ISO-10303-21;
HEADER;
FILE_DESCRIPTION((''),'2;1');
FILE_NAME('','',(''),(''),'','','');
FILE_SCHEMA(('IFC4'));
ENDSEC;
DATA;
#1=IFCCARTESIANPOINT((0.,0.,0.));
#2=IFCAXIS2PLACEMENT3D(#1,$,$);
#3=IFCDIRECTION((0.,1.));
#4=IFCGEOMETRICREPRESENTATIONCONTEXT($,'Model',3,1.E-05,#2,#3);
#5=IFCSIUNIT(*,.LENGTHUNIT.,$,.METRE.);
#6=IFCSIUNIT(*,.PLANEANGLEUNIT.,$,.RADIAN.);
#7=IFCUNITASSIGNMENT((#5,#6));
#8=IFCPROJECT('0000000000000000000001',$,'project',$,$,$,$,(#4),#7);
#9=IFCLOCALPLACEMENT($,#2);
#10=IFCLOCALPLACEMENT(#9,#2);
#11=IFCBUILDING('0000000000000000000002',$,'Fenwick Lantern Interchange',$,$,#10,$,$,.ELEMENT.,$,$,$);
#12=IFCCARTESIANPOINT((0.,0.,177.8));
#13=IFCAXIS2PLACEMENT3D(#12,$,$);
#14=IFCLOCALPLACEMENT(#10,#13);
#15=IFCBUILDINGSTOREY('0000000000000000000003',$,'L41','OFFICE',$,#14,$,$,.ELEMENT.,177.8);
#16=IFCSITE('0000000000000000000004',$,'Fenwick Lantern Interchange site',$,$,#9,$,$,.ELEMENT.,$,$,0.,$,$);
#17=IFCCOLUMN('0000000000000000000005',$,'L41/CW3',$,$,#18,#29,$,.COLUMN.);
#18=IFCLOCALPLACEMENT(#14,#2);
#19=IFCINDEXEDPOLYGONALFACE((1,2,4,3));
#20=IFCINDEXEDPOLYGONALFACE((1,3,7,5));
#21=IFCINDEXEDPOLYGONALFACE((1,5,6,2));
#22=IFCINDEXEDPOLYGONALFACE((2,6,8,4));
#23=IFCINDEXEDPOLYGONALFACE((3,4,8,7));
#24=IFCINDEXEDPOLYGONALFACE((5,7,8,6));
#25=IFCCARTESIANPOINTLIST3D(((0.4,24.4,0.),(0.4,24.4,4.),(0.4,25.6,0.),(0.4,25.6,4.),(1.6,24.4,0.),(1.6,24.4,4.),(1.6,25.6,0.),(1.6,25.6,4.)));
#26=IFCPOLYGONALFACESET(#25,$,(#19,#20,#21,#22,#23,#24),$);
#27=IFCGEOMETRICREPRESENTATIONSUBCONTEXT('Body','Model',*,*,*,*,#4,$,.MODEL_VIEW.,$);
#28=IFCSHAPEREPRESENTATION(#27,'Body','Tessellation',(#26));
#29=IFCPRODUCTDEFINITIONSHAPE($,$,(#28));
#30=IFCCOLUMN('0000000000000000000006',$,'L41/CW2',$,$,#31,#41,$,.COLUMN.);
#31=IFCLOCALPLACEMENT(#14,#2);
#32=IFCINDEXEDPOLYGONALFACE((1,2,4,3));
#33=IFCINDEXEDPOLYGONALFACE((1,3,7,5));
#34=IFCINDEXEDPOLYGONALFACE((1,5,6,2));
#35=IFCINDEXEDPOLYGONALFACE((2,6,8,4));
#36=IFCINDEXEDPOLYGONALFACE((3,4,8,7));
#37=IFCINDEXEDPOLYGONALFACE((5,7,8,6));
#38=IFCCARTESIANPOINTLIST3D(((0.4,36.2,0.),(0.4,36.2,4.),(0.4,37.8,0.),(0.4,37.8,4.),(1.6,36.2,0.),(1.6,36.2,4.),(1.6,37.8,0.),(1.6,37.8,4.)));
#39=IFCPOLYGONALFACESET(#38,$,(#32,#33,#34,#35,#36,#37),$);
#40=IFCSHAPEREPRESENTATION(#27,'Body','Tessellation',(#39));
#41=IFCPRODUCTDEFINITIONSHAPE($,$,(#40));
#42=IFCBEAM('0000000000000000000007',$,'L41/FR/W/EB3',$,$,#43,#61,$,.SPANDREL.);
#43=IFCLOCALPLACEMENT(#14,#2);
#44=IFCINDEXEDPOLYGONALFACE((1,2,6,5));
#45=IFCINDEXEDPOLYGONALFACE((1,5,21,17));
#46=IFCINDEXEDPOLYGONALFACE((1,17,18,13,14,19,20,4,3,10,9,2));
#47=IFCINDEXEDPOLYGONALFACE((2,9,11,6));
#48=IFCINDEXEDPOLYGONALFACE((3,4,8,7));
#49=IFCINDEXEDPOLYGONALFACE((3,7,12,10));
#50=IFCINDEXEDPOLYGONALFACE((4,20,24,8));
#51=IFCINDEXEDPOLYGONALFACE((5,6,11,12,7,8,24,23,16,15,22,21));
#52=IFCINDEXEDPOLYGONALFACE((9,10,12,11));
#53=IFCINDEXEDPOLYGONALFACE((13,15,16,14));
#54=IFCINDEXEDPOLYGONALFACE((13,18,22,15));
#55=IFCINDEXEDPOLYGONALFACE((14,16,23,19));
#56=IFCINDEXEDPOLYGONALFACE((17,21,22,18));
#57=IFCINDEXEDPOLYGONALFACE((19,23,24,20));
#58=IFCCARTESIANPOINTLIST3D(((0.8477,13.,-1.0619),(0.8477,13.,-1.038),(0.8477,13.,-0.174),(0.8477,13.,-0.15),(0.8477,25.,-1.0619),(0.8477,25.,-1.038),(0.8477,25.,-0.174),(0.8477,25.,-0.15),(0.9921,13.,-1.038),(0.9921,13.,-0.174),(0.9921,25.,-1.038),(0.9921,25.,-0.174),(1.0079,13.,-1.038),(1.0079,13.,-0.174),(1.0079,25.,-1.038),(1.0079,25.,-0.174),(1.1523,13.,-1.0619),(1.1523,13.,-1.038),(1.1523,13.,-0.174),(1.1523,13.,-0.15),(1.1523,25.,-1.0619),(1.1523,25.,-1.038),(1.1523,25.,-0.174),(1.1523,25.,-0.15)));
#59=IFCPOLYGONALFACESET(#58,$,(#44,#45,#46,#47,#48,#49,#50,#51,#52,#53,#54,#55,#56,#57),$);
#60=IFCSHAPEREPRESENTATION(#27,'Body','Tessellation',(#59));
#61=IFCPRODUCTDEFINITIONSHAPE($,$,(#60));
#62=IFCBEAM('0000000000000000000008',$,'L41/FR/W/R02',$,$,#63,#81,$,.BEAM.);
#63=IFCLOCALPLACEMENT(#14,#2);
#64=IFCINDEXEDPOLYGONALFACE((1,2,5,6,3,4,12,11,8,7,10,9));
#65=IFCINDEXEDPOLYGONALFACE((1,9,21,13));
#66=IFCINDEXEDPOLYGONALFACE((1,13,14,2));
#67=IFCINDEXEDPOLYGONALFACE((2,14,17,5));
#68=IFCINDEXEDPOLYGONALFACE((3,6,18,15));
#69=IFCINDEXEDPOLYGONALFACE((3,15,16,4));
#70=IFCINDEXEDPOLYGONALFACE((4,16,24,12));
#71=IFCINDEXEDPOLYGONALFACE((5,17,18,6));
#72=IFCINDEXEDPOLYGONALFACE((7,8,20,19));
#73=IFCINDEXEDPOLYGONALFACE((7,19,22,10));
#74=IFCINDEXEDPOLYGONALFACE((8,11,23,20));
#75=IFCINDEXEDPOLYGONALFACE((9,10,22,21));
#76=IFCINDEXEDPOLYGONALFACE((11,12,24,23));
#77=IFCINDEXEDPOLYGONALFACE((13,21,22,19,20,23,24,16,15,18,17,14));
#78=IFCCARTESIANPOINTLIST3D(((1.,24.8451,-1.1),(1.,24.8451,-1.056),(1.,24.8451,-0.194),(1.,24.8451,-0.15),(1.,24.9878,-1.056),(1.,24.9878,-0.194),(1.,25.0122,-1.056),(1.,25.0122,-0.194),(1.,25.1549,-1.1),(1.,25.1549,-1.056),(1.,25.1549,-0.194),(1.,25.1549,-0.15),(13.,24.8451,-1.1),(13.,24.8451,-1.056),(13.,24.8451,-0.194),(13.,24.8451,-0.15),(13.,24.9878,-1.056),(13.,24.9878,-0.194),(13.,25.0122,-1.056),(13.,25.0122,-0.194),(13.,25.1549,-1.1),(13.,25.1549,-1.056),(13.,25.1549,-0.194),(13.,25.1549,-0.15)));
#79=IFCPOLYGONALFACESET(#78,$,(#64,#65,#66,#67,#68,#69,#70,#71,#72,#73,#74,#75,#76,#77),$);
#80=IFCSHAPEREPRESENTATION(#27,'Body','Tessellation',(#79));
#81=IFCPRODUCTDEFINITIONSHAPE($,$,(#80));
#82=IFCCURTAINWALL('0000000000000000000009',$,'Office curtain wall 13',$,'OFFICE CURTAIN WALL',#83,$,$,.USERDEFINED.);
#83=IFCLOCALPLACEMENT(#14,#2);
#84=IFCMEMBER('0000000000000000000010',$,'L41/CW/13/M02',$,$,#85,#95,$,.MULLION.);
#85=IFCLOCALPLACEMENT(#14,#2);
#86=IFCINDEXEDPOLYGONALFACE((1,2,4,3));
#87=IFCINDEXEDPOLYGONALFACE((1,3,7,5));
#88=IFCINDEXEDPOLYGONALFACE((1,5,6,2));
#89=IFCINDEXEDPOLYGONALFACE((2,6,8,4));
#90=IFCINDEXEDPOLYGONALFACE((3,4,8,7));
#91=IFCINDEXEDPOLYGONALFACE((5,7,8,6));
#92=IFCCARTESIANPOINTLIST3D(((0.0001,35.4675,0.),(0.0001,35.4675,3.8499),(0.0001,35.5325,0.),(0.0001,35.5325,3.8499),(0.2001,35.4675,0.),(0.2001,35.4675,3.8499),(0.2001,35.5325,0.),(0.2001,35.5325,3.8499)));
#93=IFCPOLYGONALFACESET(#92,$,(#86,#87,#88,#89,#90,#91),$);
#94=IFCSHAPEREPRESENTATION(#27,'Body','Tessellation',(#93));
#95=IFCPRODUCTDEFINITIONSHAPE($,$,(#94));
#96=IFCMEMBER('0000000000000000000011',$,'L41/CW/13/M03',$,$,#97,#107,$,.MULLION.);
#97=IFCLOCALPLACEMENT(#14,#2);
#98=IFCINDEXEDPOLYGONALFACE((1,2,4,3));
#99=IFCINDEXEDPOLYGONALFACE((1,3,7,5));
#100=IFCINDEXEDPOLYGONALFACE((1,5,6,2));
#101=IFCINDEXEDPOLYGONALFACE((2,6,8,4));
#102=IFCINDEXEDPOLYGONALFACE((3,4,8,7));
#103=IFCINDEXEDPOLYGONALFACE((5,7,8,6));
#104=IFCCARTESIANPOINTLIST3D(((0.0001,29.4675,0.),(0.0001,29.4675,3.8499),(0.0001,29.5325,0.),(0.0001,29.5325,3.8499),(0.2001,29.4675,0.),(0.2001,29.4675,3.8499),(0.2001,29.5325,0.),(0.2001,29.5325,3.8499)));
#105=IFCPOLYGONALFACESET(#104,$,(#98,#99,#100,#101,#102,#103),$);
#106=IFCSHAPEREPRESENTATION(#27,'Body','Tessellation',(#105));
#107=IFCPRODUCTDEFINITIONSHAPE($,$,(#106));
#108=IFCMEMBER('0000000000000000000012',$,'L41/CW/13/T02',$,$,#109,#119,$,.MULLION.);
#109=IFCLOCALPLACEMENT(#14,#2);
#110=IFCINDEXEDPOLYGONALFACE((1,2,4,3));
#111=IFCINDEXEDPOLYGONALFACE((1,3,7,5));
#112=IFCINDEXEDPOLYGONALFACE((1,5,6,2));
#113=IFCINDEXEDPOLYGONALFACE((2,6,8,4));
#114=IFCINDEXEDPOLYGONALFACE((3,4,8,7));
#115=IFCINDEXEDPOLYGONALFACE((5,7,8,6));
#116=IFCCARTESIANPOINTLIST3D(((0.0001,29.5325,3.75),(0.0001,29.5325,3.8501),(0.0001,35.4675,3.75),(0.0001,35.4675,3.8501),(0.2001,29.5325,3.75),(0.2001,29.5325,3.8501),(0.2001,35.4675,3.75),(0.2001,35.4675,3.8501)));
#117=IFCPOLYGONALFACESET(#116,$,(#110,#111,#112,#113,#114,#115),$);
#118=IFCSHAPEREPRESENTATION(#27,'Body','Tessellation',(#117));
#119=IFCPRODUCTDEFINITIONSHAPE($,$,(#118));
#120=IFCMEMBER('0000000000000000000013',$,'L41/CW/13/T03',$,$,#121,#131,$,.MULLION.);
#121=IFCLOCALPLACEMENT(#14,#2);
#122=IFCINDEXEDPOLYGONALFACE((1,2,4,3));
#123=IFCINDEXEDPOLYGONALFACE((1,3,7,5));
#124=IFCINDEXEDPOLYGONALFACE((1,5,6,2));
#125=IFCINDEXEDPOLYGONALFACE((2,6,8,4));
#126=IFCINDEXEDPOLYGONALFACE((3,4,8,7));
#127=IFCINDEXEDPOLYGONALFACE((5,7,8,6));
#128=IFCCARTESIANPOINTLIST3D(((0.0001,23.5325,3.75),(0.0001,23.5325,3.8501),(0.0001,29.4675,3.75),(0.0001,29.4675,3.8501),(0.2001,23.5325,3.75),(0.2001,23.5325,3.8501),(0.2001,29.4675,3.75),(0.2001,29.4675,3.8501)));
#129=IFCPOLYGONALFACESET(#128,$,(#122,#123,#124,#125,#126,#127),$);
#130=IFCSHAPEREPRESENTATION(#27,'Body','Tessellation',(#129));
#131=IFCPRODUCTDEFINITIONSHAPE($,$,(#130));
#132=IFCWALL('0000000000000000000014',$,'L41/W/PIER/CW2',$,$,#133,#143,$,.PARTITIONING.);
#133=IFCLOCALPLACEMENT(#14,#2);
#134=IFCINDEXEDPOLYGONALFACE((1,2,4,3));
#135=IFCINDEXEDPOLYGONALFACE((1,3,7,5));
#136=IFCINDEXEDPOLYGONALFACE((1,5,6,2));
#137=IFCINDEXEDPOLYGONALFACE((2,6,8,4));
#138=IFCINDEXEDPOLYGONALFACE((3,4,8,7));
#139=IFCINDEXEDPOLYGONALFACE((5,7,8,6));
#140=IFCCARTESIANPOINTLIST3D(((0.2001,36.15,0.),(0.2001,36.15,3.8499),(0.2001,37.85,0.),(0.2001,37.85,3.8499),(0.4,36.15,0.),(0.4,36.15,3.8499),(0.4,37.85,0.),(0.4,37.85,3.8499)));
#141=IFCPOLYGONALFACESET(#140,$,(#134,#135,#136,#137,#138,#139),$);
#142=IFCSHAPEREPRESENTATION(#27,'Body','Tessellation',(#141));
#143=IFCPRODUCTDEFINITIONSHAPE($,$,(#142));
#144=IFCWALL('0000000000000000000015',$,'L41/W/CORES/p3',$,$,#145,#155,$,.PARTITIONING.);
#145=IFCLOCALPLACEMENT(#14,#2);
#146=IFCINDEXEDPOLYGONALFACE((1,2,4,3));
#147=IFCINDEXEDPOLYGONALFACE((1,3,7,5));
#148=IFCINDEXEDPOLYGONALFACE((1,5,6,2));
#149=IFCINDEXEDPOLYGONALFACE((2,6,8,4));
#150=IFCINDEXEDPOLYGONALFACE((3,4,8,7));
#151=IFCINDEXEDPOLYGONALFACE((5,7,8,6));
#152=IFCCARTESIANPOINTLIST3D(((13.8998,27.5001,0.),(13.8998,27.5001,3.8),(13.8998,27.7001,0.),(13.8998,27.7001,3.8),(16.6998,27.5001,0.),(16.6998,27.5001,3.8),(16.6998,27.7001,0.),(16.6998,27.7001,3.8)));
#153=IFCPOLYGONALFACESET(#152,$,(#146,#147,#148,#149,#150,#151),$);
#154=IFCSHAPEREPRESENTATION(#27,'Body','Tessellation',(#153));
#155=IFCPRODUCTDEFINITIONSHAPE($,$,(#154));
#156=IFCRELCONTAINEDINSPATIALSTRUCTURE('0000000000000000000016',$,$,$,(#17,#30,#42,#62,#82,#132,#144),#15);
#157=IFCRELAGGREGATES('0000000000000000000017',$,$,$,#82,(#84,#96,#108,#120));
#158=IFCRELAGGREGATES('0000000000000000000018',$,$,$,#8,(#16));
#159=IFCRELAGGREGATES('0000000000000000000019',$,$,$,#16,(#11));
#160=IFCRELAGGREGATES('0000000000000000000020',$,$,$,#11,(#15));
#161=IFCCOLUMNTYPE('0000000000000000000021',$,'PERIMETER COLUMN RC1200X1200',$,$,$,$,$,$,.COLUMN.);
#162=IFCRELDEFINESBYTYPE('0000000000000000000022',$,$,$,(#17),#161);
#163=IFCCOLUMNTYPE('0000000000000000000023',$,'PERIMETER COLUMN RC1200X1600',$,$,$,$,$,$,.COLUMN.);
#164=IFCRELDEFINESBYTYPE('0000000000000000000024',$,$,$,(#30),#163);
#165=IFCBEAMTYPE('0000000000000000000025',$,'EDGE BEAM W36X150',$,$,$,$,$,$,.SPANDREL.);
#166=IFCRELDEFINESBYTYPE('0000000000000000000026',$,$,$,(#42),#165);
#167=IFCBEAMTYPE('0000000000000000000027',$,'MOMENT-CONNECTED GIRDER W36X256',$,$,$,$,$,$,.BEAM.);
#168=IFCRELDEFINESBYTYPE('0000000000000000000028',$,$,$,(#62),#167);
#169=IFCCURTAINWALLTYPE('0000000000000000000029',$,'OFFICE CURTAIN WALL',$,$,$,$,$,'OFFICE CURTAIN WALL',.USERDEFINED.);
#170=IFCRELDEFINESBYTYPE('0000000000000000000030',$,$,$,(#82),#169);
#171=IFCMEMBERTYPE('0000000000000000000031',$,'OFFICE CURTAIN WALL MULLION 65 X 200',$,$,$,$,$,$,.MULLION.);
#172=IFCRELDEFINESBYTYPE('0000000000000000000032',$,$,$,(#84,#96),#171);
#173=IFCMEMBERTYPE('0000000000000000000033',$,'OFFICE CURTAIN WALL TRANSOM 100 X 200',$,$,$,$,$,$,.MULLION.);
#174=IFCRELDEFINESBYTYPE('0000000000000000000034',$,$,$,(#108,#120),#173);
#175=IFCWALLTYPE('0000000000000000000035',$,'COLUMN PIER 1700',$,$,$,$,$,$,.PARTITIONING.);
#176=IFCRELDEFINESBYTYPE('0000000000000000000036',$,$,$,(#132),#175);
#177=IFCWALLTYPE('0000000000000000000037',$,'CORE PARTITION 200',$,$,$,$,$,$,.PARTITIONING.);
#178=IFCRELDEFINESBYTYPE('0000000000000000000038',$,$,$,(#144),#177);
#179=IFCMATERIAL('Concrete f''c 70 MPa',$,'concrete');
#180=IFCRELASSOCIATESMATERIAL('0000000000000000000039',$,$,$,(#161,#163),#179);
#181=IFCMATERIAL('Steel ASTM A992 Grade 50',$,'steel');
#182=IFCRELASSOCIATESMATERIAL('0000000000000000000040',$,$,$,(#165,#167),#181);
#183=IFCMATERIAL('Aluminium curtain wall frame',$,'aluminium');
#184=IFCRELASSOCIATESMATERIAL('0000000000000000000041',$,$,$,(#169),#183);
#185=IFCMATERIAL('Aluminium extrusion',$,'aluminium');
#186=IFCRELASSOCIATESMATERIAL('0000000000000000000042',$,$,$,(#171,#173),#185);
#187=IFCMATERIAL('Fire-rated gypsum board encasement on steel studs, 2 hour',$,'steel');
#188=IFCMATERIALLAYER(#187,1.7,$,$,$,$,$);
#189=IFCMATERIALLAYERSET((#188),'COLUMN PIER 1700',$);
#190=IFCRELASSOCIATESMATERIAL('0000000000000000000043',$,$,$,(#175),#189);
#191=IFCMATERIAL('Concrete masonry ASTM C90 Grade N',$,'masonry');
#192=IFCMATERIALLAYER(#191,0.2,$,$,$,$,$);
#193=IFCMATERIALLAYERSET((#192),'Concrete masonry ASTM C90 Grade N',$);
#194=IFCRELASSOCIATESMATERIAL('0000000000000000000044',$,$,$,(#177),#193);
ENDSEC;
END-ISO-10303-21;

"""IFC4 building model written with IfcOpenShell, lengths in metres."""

from ifc_helpers import new_model, si_unit, direction, frame, frame_2d, origin, origin_2d, place, context, subcontext, project, spatial, rectangle, i_section, extrude, material, layer, layer_set, material_profile, profile_set, type_object, element, aggregate, save


model = new_model("IFC4")

# Units and contexts
model_context = context("Model", 3, precision=1e-05, world=origin(), true_north=direction((0.0, 1.0)))
body_context = subcontext(model_context, "Body", "Model", "MODEL_VIEW")
ifc_project = project(units=[si_unit("LENGTHUNIT", "METRE"), si_unit("PLANEANGLEUNIT", "RADIAN")], contexts=[model_context])

# Site, building, storey
site_placement = place(None, origin())
site = spatial("IfcSite", under=ifc_project, at=site_placement, Name="Fenwick Lantern Interchange site", CompositionType="ELEMENT", RefElevation=0.0)
building_placement = place(site_placement, origin())
building = spatial("IfcBuilding", under=site, at=building_placement, Name="Fenwick Lantern Interchange", CompositionType="ELEMENT")
storey_placement = place(building_placement, frame((0.0, 0.0, 177.8)))
storey = spatial("IfcBuildingStorey", under=building, at=storey_placement, Name="L41", Description="OFFICE", CompositionType="ELEMENT", Elevation=177.8)

# Columns
ifc_material_1 = material(Name="Concrete f'c 70 MPa", Category="concrete")
ifc_material_profile_1 = material_profile(ifc_material_1, rectangle(XDim=1.2, YDim=1.2, at=origin_2d()), Name="RC1200X1200")
ifc_profile_set_1 = profile_set([ifc_material_profile_1], Name="Concrete f'c 70 MPa")
column_type_1 = type_object("IfcColumnType", Name="PERIMETER COLUMN RC1200X1200", PredefinedType="COLUMN", material=ifc_profile_set_1)
column_1_placement = place(storey_placement, frame((1.0, 25.0, 0.0), z_axis=(0.0, 0.0, 1.0), x_axis=(1.0, 0.0, 0.0)))
element("IfcColumn", 1, at=column_1_placement, inside=storey, type_object=column_type_1, Name="L41/CW3", PredefinedType="COLUMN", context=body_context, shape_type="SweptSolid", body=[
    extrude(rectangle(XDim=1.2, YDim=1.2, at=origin_2d()), origin(), (0.0, 0.0, 1.0), 4.0),
])
ifc_material_profile_2 = material_profile(ifc_material_1, rectangle(XDim=1.2, YDim=1.6001, at=origin_2d()), Name="RC1200X1600")
ifc_profile_set_2 = profile_set([ifc_material_profile_2], Name="Concrete f'c 70 MPa")
column_type_2 = type_object("IfcColumnType", Name="PERIMETER COLUMN RC1200X1600", PredefinedType="COLUMN", material=ifc_profile_set_2)
column_2_placement = place(storey_placement, frame((1.0, 37.0, 0.0), z_axis=(0.0, 0.0, 1.0), x_axis=(1.0, 0.0, 0.0)))
element("IfcColumn", 2, at=column_2_placement, inside=storey, type_object=column_type_2, Name="L41/CW2", PredefinedType="COLUMN", context=body_context, shape_type="SweptSolid", body=[
    extrude(rectangle(XDim=1.2, YDim=1.6001, at=origin_2d()), origin(), (0.0, 0.0, 1.0), 4.0),
])

# Beams
ifc_material_2 = material(Name="Steel ASTM A992 Grade 50", Category="steel")
ifc_material_profile_3 = material_profile(ifc_material_2, i_section(OverallWidth=0.3047, OverallDepth=0.9119, WebThickness=0.0159, FlangeThickness=0.0239, at=origin_2d()), Name="W36X150")
ifc_profile_set_3 = profile_set([ifc_material_profile_3], Name="Steel ASTM A992 Grade 50")
beam_type_1 = type_object("IfcBeamType", Name="EDGE BEAM W36X150", PredefinedType="SPANDREL", material=ifc_profile_set_3)
beam_1_placement = place(storey_placement, frame((1.0, 25.0, -0.606), z_axis=(0.0, -1.0, 0.0), x_axis=(1.0, 0.0, 0.0)))
element("IfcBeam", 3, at=beam_1_placement, inside=storey, type_object=beam_type_1, Name="L41/FR/W/EB3", PredefinedType="SPANDREL", context=body_context, shape_type="SweptSolid", body=[
    extrude(i_section(OverallWidth=0.3047, OverallDepth=0.9119, WebThickness=0.0159, FlangeThickness=0.0239, at=origin_2d()), origin(), (0.0, 0.0, 1.0), 12.0),
])
ifc_material_profile_4 = material_profile(ifc_material_2, i_section(OverallWidth=0.3098, OverallDepth=0.95, WebThickness=0.0244, FlangeThickness=0.0439, at=origin_2d()), Name="W36X256")
ifc_profile_set_4 = profile_set([ifc_material_profile_4], Name="Steel ASTM A992 Grade 50")
beam_type_2 = type_object("IfcBeamType", Name="MOMENT-CONNECTED GIRDER W36X256", PredefinedType="BEAM", material=ifc_profile_set_4)
beam_2_placement = place(storey_placement, frame((1.0, 25.0, -0.625), z_axis=(1.0, 0.0, 0.0), x_axis=(0.0, 1.0, 0.0)))
element("IfcBeam", 4, at=beam_2_placement, inside=storey, type_object=beam_type_2, Name="L41/FR/W/R02", PredefinedType="BEAM", context=body_context, shape_type="SweptSolid", body=[
    extrude(i_section(OverallWidth=0.3098, OverallDepth=0.95, WebThickness=0.0244, FlangeThickness=0.0439, at=origin_2d()), origin(), (0.0, 0.0, 1.0), 12.0),
])

# Curtain wall, members
ifc_material_3 = material(Name="Aluminium curtain wall frame", Category="aluminium")
curtain_wall_type = type_object("IfcCurtainWallType", Name="OFFICE CURTAIN WALL", ElementType="OFFICE CURTAIN WALL", PredefinedType="USERDEFINED", material=ifc_material_3)
curtain_wall_placement = place(storey_placement, origin())
curtain_wall = element("IfcCurtainWall", 5, at=curtain_wall_placement, inside=storey, type_object=curtain_wall_type, Name="Office curtain wall 13", ObjectType="OFFICE CURTAIN WALL", PredefinedType="USERDEFINED")
ifc_material_4 = material(Name="Aluminium extrusion", Category="aluminium")
ifc_material_profile_5 = material_profile(ifc_material_4, rectangle(XDim=0.2, YDim=0.0649, at=origin_2d()), Name="OFFICE CURTAIN WALL MULLION 65 X 200")
ifc_profile_set_5 = profile_set([ifc_material_profile_5], Name="Aluminium extrusion")
member_type_1 = type_object("IfcMemberType", Name="OFFICE CURTAIN WALL MULLION 65 X 200", PredefinedType="MULLION", material=ifc_profile_set_5)
member_1_placement = place(storey_placement, frame((0.1001, 35.5, 0.0), z_axis=(0.0, 0.0, 1.0), x_axis=(1.0, 0.0, 0.0)))
member_1 = element("IfcMember", 6, at=member_1_placement, type_object=member_type_1, Name="L41/CW/13/M02", PredefinedType="MULLION", context=body_context, shape_type="SweptSolid", body=[
    extrude(rectangle(XDim=0.2, YDim=0.0649, at=origin_2d()), origin(), (0.0, 0.0, 1.0), 3.8499),
])
member_2_placement = place(storey_placement, frame((0.1001, 29.5, 0.0), z_axis=(0.0, 0.0, 1.0), x_axis=(1.0, 0.0, 0.0)))
member_2 = element("IfcMember", 7, at=member_2_placement, type_object=member_type_1, Name="L41/CW/13/M03", PredefinedType="MULLION", context=body_context, shape_type="SweptSolid", body=[
    extrude(rectangle(XDim=0.2, YDim=0.0649, at=origin_2d()), origin(), (0.0, 0.0, 1.0), 3.8499),
])
ifc_material_profile_6 = material_profile(ifc_material_4, rectangle(XDim=0.2, YDim=0.1001, at=origin_2d()), Name="OFFICE CURTAIN WALL TRANSOM 100 X 200")
ifc_profile_set_6 = profile_set([ifc_material_profile_6], Name="Aluminium extrusion")
member_type_2 = type_object("IfcMemberType", Name="OFFICE CURTAIN WALL TRANSOM 100 X 200", PredefinedType="MULLION", material=ifc_profile_set_6)
member_3_placement = place(storey_placement, frame((0.1001, 35.4675, 3.8), z_axis=(0.0, -1.0, 0.0), x_axis=(1.0, 0.0, 0.0)))
member_3 = element("IfcMember", 8, at=member_3_placement, type_object=member_type_2, Name="L41/CW/13/T02", PredefinedType="MULLION", context=body_context, shape_type="SweptSolid", body=[
    extrude(rectangle(XDim=0.2, YDim=0.1001, at=origin_2d()), origin(), (0.0, 0.0, 1.0), 5.9351),
])
member_4_placement = place(storey_placement, frame((0.1001, 29.4675, 3.8), z_axis=(0.0, -1.0, 0.0), x_axis=(1.0, 0.0, 0.0)))
member_4 = element("IfcMember", 9, at=member_4_placement, type_object=member_type_2, Name="L41/CW/13/T03", PredefinedType="MULLION", context=body_context, shape_type="SweptSolid", body=[
    extrude(rectangle(XDim=0.2, YDim=0.1001, at=origin_2d()), origin(), (0.0, 0.0, 1.0), 5.9351),
])
aggregate(curtain_wall, [member_1, member_2, member_3, member_4])

# Walls
ifc_material_5 = material(Name="Fire-rated gypsum board encasement on steel studs, 2 hour", Category="steel")
ifc_layer_1 = layer(ifc_material_5, 1.7)
ifc_layer_set_1 = layer_set([ifc_layer_1], Name="COLUMN PIER 1700")
wall_type_1 = type_object("IfcWallType", Name="COLUMN PIER 1700", PredefinedType="PARTITIONING", material=ifc_layer_set_1)
wall_1_placement = place(storey_placement, frame((0.2, 37.0, 0.0), z_axis=(0.0, 0.0, 1.0), x_axis=(1.0, 0.0, 0.0)))
element("IfcWall", 10, at=wall_1_placement, inside=storey, type_object=wall_type_1, Name="L41/W/PIER/CW2", PredefinedType="PARTITIONING", context=body_context, shape_type="SweptSolid", body=[
    extrude(rectangle(XDim=0.2, YDim=1.7, at=frame_2d((0.1001, 0.0))), origin(), (0.0, 0.0, 1.0), 3.8499),
])
ifc_material_6 = material(Name="Concrete masonry ASTM C90 Grade N", Category="masonry")
ifc_layer_2 = layer(ifc_material_6, 0.2)
ifc_layer_set_2 = layer_set([ifc_layer_2], Name="Concrete masonry ASTM C90 Grade N")
wall_type_2 = type_object("IfcWallType", Name="CORE PARTITION 200", PredefinedType="PARTITIONING", material=ifc_layer_set_2)
wall_2_placement = place(storey_placement, frame((13.8999, 27.6001, 0.0), z_axis=(0.0, 0.0, 1.0), x_axis=(1.0, 0.0, 0.0)))
element("IfcWall", 11, at=wall_2_placement, inside=storey, type_object=wall_type_2, Name="L41/W/CORES/p3", PredefinedType="PARTITIONING", context=body_context, shape_type="SweptSolid", body=[
    extrude(rectangle(XDim=2.8, YDim=0.2, at=frame_2d((1.3999, 0.0))), origin(), (0.0, 0.0, 1.0), 3.8),
])

save(model, "model.ifc")
